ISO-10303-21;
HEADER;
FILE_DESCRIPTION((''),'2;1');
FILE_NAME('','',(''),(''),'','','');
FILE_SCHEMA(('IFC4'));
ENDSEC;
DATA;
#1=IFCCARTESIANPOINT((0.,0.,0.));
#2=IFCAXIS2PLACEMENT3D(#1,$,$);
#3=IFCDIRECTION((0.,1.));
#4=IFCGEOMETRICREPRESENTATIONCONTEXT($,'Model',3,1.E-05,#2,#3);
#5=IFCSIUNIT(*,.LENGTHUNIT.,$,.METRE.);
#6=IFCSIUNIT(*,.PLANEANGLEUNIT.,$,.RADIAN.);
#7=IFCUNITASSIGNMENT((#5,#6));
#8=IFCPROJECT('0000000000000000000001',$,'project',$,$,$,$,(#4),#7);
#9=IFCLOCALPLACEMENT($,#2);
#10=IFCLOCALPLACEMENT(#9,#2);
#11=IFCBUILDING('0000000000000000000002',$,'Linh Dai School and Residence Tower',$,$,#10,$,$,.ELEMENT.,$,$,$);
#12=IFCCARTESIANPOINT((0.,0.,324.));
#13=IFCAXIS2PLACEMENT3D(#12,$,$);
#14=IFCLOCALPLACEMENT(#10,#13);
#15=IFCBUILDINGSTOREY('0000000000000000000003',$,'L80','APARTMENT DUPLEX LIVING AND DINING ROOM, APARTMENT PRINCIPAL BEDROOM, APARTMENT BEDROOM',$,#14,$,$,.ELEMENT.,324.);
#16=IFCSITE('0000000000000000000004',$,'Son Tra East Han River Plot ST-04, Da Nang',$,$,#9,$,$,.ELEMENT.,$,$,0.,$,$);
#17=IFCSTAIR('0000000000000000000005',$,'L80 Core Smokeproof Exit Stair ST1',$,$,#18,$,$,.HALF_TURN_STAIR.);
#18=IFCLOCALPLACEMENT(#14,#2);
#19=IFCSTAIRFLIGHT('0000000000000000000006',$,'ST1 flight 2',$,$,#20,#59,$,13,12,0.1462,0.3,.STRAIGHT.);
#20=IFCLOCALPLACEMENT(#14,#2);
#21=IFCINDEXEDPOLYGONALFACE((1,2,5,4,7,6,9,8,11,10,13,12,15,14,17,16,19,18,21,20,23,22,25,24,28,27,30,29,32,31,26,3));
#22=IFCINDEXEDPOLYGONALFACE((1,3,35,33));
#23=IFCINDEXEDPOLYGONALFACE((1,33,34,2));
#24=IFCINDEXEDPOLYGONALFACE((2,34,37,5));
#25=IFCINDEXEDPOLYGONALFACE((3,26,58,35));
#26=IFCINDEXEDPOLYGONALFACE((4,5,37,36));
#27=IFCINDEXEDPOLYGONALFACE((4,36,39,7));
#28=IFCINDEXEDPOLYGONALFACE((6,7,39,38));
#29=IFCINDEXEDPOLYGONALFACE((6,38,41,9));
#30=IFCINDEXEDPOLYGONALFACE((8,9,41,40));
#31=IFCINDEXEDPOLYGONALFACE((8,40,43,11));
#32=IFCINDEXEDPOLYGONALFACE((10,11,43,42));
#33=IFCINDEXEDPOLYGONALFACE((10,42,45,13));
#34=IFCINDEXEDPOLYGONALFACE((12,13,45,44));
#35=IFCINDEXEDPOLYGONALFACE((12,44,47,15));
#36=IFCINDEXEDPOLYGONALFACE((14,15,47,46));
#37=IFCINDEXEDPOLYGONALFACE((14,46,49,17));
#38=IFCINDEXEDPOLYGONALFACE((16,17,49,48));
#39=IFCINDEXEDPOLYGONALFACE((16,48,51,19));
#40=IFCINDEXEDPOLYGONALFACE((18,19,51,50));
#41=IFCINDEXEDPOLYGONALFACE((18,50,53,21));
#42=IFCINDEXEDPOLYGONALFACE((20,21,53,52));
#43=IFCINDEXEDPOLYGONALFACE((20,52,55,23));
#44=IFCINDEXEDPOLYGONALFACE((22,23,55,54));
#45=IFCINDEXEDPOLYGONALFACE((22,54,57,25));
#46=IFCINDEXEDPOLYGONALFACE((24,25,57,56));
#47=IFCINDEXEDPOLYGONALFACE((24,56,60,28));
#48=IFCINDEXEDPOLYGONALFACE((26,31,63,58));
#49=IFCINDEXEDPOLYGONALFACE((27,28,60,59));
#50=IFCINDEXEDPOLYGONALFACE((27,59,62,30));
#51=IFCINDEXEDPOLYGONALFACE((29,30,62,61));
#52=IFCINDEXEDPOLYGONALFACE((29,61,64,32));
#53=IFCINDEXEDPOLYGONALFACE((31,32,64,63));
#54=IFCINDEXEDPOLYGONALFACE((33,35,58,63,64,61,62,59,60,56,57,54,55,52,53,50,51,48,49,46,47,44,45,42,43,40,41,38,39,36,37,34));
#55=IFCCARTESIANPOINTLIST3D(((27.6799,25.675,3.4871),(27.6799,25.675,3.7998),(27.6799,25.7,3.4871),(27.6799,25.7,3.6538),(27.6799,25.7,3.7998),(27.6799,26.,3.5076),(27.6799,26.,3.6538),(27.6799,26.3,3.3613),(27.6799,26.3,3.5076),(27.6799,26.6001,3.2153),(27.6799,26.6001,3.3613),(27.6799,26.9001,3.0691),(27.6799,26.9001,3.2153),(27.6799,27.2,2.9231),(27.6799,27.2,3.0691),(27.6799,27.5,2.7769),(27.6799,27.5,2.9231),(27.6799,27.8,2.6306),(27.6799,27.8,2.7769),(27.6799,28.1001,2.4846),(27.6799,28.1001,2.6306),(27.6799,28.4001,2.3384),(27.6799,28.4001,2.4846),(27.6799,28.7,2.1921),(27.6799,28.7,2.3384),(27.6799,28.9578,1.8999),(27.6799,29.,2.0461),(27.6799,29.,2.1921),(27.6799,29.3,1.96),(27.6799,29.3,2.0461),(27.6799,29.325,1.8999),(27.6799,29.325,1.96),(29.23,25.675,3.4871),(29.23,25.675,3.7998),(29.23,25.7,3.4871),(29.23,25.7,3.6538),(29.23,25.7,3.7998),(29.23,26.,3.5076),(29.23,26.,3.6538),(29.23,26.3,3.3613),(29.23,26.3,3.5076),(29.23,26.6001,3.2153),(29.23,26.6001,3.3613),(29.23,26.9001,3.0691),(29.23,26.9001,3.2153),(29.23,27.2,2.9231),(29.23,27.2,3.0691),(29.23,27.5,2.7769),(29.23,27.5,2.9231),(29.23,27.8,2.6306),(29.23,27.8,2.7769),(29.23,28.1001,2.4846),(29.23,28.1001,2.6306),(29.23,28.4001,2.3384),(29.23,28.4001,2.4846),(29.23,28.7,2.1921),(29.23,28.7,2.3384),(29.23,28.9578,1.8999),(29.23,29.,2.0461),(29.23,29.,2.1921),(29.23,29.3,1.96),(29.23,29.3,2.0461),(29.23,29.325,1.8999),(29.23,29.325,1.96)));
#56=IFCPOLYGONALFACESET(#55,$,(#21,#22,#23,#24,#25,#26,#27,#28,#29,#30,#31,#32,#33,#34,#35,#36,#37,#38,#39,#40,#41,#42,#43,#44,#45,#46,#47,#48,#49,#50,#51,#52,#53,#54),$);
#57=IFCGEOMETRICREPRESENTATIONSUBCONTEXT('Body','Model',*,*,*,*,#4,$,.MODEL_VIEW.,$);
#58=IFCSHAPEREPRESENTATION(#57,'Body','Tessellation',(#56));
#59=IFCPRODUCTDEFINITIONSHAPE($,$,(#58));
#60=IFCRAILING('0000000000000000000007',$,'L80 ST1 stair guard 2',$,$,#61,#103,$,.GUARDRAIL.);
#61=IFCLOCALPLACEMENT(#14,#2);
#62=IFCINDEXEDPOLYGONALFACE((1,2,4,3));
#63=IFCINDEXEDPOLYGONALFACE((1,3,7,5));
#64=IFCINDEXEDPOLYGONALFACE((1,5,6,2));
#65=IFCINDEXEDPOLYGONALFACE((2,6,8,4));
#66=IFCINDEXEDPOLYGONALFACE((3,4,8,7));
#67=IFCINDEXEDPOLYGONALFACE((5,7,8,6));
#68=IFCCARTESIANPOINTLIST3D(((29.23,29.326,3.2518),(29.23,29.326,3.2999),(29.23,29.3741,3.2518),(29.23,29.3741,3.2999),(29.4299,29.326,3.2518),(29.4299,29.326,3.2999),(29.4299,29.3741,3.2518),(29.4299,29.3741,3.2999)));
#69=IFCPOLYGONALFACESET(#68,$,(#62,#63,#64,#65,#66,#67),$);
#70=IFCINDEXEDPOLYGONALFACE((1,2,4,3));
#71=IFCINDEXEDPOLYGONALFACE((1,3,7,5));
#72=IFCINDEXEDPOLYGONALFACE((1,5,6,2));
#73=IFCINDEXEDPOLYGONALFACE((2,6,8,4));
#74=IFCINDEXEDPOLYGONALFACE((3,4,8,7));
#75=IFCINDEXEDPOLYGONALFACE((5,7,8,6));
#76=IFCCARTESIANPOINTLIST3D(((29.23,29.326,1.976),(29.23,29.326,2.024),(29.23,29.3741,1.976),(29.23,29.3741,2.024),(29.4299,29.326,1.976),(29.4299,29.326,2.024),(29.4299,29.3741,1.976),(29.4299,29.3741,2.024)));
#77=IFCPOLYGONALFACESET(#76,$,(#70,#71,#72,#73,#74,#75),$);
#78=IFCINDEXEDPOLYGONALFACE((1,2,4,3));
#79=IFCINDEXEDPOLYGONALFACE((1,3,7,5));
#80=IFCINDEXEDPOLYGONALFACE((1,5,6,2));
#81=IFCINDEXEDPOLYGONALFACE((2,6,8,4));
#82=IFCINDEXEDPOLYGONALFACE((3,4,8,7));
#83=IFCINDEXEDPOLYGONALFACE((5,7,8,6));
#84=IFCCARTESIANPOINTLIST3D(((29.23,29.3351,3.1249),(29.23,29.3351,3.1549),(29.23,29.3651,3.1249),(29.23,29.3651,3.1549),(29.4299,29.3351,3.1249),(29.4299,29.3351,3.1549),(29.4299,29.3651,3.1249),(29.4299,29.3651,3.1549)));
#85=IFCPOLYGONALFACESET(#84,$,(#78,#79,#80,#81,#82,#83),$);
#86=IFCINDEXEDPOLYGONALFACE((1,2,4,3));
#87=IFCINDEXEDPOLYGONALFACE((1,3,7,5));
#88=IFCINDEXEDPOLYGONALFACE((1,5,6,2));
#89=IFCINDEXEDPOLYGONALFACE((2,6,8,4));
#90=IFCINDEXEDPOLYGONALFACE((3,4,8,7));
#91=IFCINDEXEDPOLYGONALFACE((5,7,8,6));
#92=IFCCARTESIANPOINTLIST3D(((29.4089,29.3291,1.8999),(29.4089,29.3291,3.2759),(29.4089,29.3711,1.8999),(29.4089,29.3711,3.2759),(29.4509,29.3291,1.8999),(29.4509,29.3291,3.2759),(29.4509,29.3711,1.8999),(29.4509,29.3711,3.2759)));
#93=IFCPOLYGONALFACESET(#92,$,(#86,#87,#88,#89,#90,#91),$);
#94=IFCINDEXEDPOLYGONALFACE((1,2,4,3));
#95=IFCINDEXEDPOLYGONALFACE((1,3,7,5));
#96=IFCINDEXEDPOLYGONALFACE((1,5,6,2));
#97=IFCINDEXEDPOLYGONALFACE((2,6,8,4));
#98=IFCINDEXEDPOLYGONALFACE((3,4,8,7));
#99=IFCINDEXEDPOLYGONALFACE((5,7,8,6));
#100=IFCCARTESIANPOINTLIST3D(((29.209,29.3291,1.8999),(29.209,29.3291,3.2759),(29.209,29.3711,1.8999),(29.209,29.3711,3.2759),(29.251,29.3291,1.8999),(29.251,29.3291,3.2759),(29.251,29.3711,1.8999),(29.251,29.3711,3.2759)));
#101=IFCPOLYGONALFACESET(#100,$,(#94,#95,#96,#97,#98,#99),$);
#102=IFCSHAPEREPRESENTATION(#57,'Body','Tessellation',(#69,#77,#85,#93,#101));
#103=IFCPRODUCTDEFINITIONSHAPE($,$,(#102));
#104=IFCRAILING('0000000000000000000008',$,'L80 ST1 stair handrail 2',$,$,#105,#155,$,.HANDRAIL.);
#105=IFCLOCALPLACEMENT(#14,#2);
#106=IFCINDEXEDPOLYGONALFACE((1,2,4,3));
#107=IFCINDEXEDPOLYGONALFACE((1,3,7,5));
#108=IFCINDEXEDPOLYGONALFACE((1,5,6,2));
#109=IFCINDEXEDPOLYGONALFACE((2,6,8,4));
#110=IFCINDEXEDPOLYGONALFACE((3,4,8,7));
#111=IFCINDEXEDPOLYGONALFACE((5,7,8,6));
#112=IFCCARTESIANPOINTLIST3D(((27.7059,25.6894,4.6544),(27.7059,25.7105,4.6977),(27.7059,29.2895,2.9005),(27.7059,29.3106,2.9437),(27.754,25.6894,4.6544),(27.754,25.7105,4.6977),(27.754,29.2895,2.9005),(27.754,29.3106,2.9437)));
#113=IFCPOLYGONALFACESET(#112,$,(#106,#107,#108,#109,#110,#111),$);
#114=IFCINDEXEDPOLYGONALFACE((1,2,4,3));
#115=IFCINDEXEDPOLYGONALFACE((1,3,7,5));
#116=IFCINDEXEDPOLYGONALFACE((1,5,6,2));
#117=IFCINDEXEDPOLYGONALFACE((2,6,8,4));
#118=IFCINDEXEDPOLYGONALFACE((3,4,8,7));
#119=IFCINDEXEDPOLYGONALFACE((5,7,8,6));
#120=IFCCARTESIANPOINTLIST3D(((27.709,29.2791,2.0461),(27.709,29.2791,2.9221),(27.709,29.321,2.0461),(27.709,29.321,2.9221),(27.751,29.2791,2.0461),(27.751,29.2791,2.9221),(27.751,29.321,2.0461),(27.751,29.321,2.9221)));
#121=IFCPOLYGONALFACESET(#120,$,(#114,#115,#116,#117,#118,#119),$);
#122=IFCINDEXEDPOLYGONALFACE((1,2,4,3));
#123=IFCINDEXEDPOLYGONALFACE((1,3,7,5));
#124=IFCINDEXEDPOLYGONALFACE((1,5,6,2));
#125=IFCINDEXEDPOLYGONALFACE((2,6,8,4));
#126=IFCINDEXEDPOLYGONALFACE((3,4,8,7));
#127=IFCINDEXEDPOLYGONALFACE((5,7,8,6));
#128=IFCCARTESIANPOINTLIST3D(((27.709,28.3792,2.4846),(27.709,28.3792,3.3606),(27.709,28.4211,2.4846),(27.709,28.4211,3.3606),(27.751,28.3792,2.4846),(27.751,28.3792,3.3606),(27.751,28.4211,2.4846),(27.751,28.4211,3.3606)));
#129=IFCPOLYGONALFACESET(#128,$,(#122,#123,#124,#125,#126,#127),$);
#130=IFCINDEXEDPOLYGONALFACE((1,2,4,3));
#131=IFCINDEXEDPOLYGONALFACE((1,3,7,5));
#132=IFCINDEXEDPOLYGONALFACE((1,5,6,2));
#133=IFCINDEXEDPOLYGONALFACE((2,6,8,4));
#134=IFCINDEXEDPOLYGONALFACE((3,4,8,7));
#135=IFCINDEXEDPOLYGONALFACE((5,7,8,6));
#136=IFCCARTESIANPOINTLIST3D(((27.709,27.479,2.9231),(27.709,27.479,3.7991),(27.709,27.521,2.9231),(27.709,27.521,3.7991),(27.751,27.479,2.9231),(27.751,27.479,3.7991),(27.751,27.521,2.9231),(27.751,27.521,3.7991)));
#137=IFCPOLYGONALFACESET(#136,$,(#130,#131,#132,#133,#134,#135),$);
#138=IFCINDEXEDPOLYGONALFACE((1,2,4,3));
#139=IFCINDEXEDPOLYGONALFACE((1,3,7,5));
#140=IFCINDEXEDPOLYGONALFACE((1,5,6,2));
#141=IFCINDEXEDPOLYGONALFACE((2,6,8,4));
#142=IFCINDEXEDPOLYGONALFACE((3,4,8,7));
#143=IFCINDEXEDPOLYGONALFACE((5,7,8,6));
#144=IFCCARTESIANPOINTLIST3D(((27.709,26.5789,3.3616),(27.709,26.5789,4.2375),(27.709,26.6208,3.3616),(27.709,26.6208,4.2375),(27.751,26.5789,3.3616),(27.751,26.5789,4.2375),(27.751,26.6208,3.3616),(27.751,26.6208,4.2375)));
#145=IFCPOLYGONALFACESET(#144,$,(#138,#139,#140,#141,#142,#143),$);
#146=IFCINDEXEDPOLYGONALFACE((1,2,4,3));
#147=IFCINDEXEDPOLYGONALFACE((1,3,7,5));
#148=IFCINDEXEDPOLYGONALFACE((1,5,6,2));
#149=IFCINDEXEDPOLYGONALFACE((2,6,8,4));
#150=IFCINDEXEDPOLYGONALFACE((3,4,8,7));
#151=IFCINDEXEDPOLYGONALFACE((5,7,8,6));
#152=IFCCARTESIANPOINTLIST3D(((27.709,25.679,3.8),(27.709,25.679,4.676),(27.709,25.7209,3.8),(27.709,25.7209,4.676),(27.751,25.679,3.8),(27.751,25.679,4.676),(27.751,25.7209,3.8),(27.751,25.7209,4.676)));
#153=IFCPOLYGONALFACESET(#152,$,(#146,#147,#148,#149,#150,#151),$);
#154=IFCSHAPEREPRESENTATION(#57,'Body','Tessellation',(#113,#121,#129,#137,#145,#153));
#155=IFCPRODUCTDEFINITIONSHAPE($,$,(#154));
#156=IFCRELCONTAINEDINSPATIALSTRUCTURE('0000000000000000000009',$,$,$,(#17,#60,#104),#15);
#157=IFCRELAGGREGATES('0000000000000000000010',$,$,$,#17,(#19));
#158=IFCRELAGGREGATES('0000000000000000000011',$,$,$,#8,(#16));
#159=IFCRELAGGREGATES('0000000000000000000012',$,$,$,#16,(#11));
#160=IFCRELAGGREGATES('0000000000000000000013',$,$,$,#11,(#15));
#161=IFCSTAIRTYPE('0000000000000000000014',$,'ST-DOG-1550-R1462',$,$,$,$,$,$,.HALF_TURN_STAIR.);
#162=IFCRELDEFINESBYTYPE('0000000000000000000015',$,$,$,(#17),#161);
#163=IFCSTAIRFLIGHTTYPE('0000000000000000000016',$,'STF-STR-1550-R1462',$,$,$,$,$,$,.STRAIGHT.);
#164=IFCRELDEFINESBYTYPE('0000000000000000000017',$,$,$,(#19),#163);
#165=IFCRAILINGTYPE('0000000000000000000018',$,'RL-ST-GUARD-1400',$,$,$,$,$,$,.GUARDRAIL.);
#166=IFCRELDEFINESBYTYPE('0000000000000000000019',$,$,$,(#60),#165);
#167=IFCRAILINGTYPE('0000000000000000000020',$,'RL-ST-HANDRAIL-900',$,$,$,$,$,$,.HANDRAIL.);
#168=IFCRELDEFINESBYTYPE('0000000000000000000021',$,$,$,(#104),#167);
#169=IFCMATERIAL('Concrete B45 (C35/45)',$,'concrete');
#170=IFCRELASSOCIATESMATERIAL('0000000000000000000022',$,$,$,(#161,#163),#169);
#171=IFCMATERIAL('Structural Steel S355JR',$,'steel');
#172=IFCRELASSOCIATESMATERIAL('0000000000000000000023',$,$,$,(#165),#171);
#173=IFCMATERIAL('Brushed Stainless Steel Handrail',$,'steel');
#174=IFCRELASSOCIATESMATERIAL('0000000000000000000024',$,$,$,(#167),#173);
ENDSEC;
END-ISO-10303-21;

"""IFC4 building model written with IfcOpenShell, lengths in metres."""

from ifc_helpers import new_model, si_unit, direction, frame, origin, origin_2d, place, context, subcontext, project, spatial, polyline, rectangle, outline, extrude, source, transform, mapped, material, type_object, element, aggregate, save


model = new_model("IFC4")

# Units and contexts
model_context = context("Model", 3, precision=1e-05, world=origin(), true_north=direction((0.0, 1.0)))
body_context = subcontext(model_context, "Body", "Model", "MODEL_VIEW")
ifc_project = project(units=[si_unit("LENGTHUNIT", "METRE"), si_unit("PLANEANGLEUNIT", "RADIAN")], contexts=[model_context])

# Site, building, storey
site_placement = place(None, origin())
site = spatial("IfcSite", under=ifc_project, at=site_placement, Name="Son Tra East Han River Plot ST-04, Da Nang", CompositionType="ELEMENT", RefElevation=0.0)
building_placement = place(site_placement, origin())
building = spatial("IfcBuilding", under=site, at=building_placement, Name="Linh Dai School and Residence Tower", CompositionType="ELEMENT")
storey_placement = place(building_placement, frame((0.0, 0.0, 324.0)))
storey = spatial("IfcBuildingStorey", under=building, at=storey_placement, Name="L80", Description="APARTMENT DUPLEX LIVING AND DINING ROOM, APARTMENT PRINCIPAL BEDROOM, APARTMENT BEDROOM", CompositionType="ELEMENT", Elevation=324.0)

# Shared definitions
ifc_material_1 = material(Name="Structural Steel S355JR", Category="steel")

# Shared definitions
ifc_material_2 = material(Name="Concrete B45 (C35/45)", Category="concrete")

# Stair, stair flight
stair_type = type_object("IfcStairType", Name="ST-DOG-1550-R1462", PredefinedType="HALF_TURN_STAIR", material=ifc_material_2)
stair_placement = place(storey_placement, origin())
stair = element("IfcStair", 1, at=stair_placement, inside=storey, type_object=stair_type, Name="L80 Core Smokeproof Exit Stair ST1", PredefinedType="HALF_TURN_STAIR")
stair_flight_type = type_object("IfcStairFlightType", Name="STF-STR-1550-R1462", PredefinedType="STRAIGHT", material=ifc_material_2)
shared_shape_1 = source(origin(), body_context, "Body", "SweptSolid", [
    extrude(outline(polyline([(-0.0249, 0.0), (-0.0249, 0.0601), (0.0, 0.0601), (0.0, 0.1462), (0.3, 0.1462), (0.3, 0.2922), (0.6001, 0.2922), (0.6001, 0.4385), (0.8999, 0.4385), (0.8999, 0.5847), (1.2, 0.5847), (1.2, 0.7307), (1.5, 0.7307), (1.5, 0.877), (1.8, 0.877), (1.8, 1.0232), (2.1001, 1.0232), (2.1001, 1.1692), (2.3999, 1.1692), (2.3999, 1.3154), (2.7, 1.3154), (2.7, 1.4614), (3.0, 1.4614), (3.0, 1.6077), (3.3, 1.6077), (3.3, 1.7539), (3.6001, 1.7539), (3.6001, 1.8999), (3.625, 1.8999), (3.625, 1.5872), (3.6001, 1.5872), (0.3423, 0.0), (-0.0249, 0.0)])), frame((0.0, 0.7749, 0.0), z_axis=(0.0, -1.0, 0.0), x_axis=(1.0, 0.0, 0.0)), (0.0, 0.0, 1.0), 1.55),
])
stair_flight_placement = place(storey_placement, frame((28.4551, 29.3, 1.8999), z_axis=(0.0, 0.0, 1.0), x_axis=(0.0, -1.0, 0.0)))
stair_flight = element("IfcStairFlight", 2, at=stair_flight_placement, type_object=stair_flight_type, Name="ST1 flight 2", NumberOfRisers=13, NumberOfTreads=12, PredefinedType="STRAIGHT", RiserHeight=0.1462, TreadLength=0.3, context=body_context, shape_type="MappedRepresentation", body=[
    mapped(shared_shape_1, transform((0.0, 0.0, 0.0), x_axis=(1.0, 0.0, 0.0), y_axis=(0.0, 1.0, 0.0), z_axis=(0.0, 0.0, 1.0), scale=1.0)),
])
aggregate(stair, [stair_flight])

# Railings
railing_type_1 = type_object("IfcRailingType", Name="RL-ST-GUARD-1400", PredefinedType="GUARDRAIL", material=ifc_material_1)
shared_shape_2 = source(origin(), body_context, "Body", "SweptSolid", [
    extrude(rectangle(XDim=0.0481, YDim=0.0481, at=origin_2d()), frame((0.0, 0.0, 1.376), z_axis=(-1.0, 0.0, 0.0), x_axis=(0.0, -1.0, 0.0)), (0.0, 0.0, 1.0), 0.2),
    extrude(rectangle(XDim=0.0481, YDim=0.0481, at=origin_2d()), frame((0.0, 0.0, 0.1001), z_axis=(-1.0, 0.0, 0.0), x_axis=(0.0, -1.0, 0.0)), (0.0, 0.0, 1.0), 0.2),
    extrude(rectangle(XDim=0.03, YDim=0.03, at=origin_2d()), frame((0.0, 0.0, 1.24), z_axis=(-1.0, 0.0, 0.0), x_axis=(0.0, -1.0, 0.0)), (0.0, 0.0, 1.0), 0.2),
    extrude(rectangle(XDim=0.042, YDim=0.042, at=origin_2d()), origin(), (0.0, 0.0, 1.0), 1.376),
    extrude(rectangle(XDim=0.042, YDim=0.042, at=origin_2d()), frame((-0.2, 0.0, 0.0)), (0.0, 0.0, 1.0), 1.376),
])
railing_1_placement = place(storey_placement, frame((29.4299, 29.3501, 1.8999)))
element("IfcRailing", 3, at=railing_1_placement, inside=storey, type_object=railing_type_1, Name="L80 ST1 stair guard 2", PredefinedType="GUARDRAIL", context=body_context, shape_type="MappedRepresentation", body=[
    mapped(shared_shape_2, transform((0.0, 0.0, 0.0), x_axis=(1.0, 0.0, 0.0), y_axis=(0.0, 1.0, 0.0), z_axis=(0.0, 0.0, 1.0), scale=1.0)),
])
ifc_material_3 = material(Name="Brushed Stainless Steel Handrail", Category="steel")
railing_type_2 = type_object("IfcRailingType", Name="RL-ST-HANDRAIL-900", PredefinedType="HANDRAIL", material=ifc_material_3)
shared_shape_3 = source(origin(), body_context, "Body", "SweptSolid", [
    extrude(rectangle(XDim=0.0481, YDim=0.0481, at=origin_2d()), frame((0.0, 0.0, 0.876), z_axis=(0.0, -0.898989, 0.437972), x_axis=(1.0, 0.0, 0.0)), (0.0, 0.0, 1.0), 4.0046),
    extrude(rectangle(XDim=0.042, YDim=0.042, at=origin_2d()), origin(), (0.0, 0.0, 1.0), 0.876),
    extrude(rectangle(XDim=0.042, YDim=0.042, at=origin_2d()), frame((0.0, -0.8999, 0.4385)), (0.0, 0.0, 1.0), 0.876),
    extrude(rectangle(XDim=0.042, YDim=0.042, at=origin_2d()), frame((0.0, -1.8, 0.877)), (0.0, 0.0, 1.0), 0.876),
    extrude(rectangle(XDim=0.042, YDim=0.042, at=origin_2d()), frame((0.0, -2.7002, 1.3154)), (0.0, 0.0, 1.0), 0.876),
    extrude(rectangle(XDim=0.042, YDim=0.042, at=origin_2d()), frame((0.0, -3.6001, 1.7539)), (0.0, 0.0, 1.0), 0.876),
])
railing_2_placement = place(storey_placement, frame((27.73, 29.3, 2.0461)))
element("IfcRailing", 4, at=railing_2_placement, inside=storey, type_object=railing_type_2, Name="L80 ST1 stair handrail 2", PredefinedType="HANDRAIL", context=body_context, shape_type="MappedRepresentation", body=[
    mapped(shared_shape_3, transform((0.0, 0.0, 0.0), x_axis=(1.0, 0.0, 0.0), y_axis=(0.0, 1.0, 0.0), z_axis=(0.0, 0.0, 1.0), scale=1.0)),
])

save(model, "model.ifc")
